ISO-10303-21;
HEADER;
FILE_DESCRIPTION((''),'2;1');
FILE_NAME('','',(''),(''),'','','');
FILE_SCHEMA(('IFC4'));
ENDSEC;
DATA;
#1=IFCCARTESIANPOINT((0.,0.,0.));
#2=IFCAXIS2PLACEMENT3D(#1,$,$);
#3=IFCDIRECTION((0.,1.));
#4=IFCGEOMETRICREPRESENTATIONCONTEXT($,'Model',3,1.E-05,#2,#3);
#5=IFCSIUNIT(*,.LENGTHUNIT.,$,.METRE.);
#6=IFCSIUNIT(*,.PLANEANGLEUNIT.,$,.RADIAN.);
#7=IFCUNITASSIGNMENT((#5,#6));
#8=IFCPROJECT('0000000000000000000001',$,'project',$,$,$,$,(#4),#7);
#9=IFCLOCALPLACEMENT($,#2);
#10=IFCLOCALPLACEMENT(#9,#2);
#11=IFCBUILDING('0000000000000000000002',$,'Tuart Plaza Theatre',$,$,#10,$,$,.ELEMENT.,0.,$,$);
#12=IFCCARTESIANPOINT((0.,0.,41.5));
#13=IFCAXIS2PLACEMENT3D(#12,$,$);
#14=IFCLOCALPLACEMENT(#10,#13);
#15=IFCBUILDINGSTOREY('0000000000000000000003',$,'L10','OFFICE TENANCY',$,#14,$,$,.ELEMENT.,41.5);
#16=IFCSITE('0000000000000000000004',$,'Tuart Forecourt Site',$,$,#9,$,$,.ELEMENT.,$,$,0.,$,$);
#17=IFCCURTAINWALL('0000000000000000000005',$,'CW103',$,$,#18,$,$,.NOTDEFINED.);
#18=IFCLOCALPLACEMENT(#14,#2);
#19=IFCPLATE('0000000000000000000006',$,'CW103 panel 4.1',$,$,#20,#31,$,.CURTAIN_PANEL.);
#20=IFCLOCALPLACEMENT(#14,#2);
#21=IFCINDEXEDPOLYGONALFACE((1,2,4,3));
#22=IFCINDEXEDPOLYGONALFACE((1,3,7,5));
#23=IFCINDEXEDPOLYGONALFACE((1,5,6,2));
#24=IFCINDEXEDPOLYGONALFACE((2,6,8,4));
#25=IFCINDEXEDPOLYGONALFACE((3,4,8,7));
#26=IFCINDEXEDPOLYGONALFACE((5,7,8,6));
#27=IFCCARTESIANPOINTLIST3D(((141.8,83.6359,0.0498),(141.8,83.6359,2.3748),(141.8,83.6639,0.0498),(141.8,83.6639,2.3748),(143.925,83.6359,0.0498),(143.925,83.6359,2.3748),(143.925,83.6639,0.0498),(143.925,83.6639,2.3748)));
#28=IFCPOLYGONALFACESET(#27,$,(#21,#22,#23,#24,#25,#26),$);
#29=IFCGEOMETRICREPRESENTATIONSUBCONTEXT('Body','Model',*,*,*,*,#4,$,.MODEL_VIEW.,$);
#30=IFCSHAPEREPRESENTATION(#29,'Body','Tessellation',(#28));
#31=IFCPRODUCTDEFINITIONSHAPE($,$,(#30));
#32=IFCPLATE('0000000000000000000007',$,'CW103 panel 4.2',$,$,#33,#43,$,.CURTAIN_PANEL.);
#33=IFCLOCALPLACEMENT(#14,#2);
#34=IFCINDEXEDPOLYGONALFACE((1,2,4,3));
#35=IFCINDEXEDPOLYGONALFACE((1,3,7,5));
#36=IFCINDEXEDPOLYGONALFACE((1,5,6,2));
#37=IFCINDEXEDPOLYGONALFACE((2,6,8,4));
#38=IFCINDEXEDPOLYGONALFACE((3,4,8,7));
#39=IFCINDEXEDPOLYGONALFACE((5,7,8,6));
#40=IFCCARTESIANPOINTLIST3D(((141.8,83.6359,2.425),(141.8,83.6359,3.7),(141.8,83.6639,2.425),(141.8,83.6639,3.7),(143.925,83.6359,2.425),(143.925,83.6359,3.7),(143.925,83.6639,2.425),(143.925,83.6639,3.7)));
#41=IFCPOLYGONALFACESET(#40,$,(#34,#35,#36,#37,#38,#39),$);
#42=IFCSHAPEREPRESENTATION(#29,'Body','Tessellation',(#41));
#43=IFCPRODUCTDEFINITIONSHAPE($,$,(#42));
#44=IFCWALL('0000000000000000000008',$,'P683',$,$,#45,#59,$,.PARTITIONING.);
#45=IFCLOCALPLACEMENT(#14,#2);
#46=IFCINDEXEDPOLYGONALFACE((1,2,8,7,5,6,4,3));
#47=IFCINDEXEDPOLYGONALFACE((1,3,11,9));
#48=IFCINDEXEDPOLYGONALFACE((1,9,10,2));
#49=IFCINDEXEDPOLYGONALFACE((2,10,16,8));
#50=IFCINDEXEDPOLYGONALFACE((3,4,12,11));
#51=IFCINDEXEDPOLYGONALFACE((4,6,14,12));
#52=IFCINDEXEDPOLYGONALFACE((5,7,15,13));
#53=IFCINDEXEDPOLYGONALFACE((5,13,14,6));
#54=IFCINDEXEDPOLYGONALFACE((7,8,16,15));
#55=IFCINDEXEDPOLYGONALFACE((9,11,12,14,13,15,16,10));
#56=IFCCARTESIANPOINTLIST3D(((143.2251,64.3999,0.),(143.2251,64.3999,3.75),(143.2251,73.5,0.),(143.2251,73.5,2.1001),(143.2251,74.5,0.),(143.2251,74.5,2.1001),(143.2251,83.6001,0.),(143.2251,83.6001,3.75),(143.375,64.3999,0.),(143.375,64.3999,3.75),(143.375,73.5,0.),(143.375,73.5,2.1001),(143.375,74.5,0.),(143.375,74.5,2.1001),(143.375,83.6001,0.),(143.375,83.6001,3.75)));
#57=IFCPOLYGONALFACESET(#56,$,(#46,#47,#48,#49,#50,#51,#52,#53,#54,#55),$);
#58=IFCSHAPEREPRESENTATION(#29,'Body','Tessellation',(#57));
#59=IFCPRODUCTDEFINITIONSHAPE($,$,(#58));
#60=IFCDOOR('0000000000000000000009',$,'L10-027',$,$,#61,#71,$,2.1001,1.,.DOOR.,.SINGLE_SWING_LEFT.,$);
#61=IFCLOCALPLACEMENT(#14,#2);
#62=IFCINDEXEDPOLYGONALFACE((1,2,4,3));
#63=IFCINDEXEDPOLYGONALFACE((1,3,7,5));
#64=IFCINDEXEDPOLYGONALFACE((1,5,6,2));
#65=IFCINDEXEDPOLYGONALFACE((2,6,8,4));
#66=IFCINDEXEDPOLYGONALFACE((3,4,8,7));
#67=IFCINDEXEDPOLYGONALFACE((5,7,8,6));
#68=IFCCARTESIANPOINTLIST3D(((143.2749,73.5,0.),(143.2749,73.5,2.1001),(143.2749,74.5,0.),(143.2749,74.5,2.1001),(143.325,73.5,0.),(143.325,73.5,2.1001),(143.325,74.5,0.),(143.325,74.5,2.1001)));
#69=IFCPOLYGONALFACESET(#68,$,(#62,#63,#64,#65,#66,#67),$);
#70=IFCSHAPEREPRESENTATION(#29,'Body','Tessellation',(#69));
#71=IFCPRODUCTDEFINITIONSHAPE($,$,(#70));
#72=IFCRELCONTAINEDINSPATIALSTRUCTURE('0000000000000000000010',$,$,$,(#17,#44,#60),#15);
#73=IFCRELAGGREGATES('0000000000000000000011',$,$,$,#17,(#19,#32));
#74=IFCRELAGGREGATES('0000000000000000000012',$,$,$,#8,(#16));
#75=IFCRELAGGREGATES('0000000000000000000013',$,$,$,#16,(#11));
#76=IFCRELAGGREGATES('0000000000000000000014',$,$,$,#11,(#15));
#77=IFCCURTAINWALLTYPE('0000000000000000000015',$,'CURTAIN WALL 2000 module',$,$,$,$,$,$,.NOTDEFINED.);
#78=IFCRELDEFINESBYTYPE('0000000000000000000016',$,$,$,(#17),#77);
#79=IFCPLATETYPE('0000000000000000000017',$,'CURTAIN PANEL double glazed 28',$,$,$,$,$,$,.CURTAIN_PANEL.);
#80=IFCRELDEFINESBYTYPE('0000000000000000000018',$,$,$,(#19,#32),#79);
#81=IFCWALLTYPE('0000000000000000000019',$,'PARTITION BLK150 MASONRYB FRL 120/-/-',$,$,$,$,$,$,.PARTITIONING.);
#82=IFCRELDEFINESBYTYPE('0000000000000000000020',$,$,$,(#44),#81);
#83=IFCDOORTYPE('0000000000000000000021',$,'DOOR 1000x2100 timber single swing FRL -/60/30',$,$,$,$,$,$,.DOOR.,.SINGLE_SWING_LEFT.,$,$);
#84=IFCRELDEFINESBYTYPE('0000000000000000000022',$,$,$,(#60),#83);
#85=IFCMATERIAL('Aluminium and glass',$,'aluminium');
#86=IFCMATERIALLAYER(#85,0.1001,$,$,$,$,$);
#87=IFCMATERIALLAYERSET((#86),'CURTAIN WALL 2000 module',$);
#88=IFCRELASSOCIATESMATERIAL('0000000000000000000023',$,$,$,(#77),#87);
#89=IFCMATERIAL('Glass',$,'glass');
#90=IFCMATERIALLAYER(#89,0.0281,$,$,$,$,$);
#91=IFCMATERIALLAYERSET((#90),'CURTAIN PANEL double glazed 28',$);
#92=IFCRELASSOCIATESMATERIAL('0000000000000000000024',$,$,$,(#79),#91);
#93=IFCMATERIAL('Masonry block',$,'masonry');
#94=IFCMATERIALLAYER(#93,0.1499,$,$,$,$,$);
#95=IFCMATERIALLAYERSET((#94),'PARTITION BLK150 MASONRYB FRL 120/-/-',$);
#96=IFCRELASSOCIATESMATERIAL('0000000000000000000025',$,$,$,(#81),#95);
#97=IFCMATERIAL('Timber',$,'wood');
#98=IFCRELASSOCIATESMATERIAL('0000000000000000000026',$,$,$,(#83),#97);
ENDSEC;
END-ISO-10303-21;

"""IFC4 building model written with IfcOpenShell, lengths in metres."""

from ifc_helpers import new_model, si_unit, direction, frame, frame_2d, origin, origin_2d, place, context, subcontext, project, spatial, rectangle, extrude, material, layer, layer_set, type_object, element, fill, aggregate, save


model = new_model("IFC4")

# Units and contexts
model_context = context("Model", 3, precision=1e-05, world=origin(), true_north=direction((0.0, 1.0)))
body_context = subcontext(model_context, "Body", "Model", "MODEL_VIEW")
ifc_project = project(units=[si_unit("LENGTHUNIT", "METRE"), si_unit("PLANEANGLEUNIT", "RADIAN")], contexts=[model_context])

# Site, building, storey
site_placement = place(None, origin())
site = spatial("IfcSite", under=ifc_project, at=site_placement, Name="Tuart Forecourt Site", CompositionType="ELEMENT", RefElevation=0.0)
building_placement = place(site_placement, origin())
building = spatial("IfcBuilding", under=site, at=building_placement, Name="Tuart Plaza Theatre", CompositionType="ELEMENT", ElevationOfRefHeight=0.0)
storey_placement = place(building_placement, frame((0.0, 0.0, 41.5)))
storey = spatial("IfcBuildingStorey", under=building, at=storey_placement, Name="L10", Description="OFFICE TENANCY", CompositionType="ELEMENT", Elevation=41.5)

# Shared definitions
ifc_material_1 = material(Name="Aluminium and glass", Category="aluminium")
ifc_layer_1 = layer(ifc_material_1, 0.1001)
ifc_layer_set_1 = layer_set([ifc_layer_1], Name="CURTAIN WALL 2000 module")
curtain_wall_type = type_object("IfcCurtainWallType", Name="CURTAIN WALL 2000 module", PredefinedType="NOTDEFINED", material=ifc_layer_set_1)

# Curtain wall
curtain_wall_1_placement = place(storey_placement, origin())
curtain_wall_1 = element("IfcCurtainWall", 1, at=curtain_wall_1_placement, inside=storey, type_object=curtain_wall_type, Name="CW103", PredefinedType="NOTDEFINED")

# Plates
ifc_material_2 = material(Name="Glass", Category="glass")
ifc_layer_2 = layer(ifc_material_2, 0.0281)
ifc_layer_set_2 = layer_set([ifc_layer_2], Name="CURTAIN PANEL double glazed 28")
plate_type = type_object("IfcPlateType", Name="CURTAIN PANEL double glazed 28", PredefinedType="CURTAIN_PANEL", material=ifc_layer_set_2)
plate_1_placement = place(storey_placement, frame((142.8625, 83.6499, 0.0498), z_axis=(0.0, 0.0, 1.0), x_axis=(-1.0, 0.0, 0.0)))
plate_1 = element("IfcPlate", 2, at=plate_1_placement, type_object=plate_type, Name="CW103 panel 4.1", PredefinedType="CURTAIN_PANEL", context=body_context, shape_type="SweptSolid", body=[
    extrude(rectangle(XDim=2.125, YDim=0.0281, at=origin_2d()), origin(), (0.0, 0.0, 1.0), 2.325),
])
plate_2_placement = place(storey_placement, frame((142.8625, 83.6499, 2.425), z_axis=(0.0, 0.0, 1.0), x_axis=(-1.0, 0.0, 0.0)))
plate_2 = element("IfcPlate", 3, at=plate_2_placement, type_object=plate_type, Name="CW103 panel 4.2", PredefinedType="CURTAIN_PANEL", context=body_context, shape_type="SweptSolid", body=[
    extrude(rectangle(XDim=2.125, YDim=0.0281, at=origin_2d()), origin(), (0.0, 0.0, 1.0), 1.2749),
])
aggregate(curtain_wall_1, [plate_1, plate_2])

# Wall, opening, door
ifc_material_3 = material(Name="Masonry block", Category="masonry")
ifc_layer_3 = layer(ifc_material_3, 0.1499)
ifc_layer_set_3 = layer_set([ifc_layer_3], Name="PARTITION BLK150 MASONRYB FRL 120/-/-")
wall_type = type_object("IfcWallType", Name="PARTITION BLK150 MASONRYB FRL 120/-/-", PredefinedType="PARTITIONING", material=ifc_layer_set_3)
wall_placement = place(storey_placement, frame((143.3, 83.6001, 0.0), z_axis=(0.0, 0.0, 1.0), x_axis=(0.0, -1.0, 0.0)))
wall = element("IfcWall", 4, at=wall_placement, inside=storey, type_object=wall_type, Name="P683", PredefinedType="PARTITIONING", context=body_context, shape_type="SweptSolid", body=[
    extrude(rectangle(XDim=19.2002, YDim=0.1499, at=frame_2d((9.6001, 0.0))), origin(), (0.0, 0.0, 1.0), 3.75),
])
opening_placement = place(wall_placement, frame((9.1001, 0.0, 0.0)))
opening = element("IfcOpeningElement", 5, at=opening_placement, cuts=wall, PredefinedType="OPENING", context=body_context, shape_type="SweptSolid", body=[
    extrude(rectangle(XDim=1.0, YDim=2.1001, at=frame_2d((0.5, 1.05))), frame((0.0, 0.085, 0.0), z_axis=(0.0, -1.0, 0.0), x_axis=(1.0, 0.0, 0.0)), (0.0, 0.0, 1.0), 0.1699),
])
ifc_material_4 = material(Name="Timber", Category="wood")
door_type = type_object("IfcDoorType", Name="DOOR 1000x2100 timber single swing FRL -/60/30", OperationType="SINGLE_SWING_LEFT", PredefinedType="DOOR", material=ifc_material_4)
door_placement = place(opening_placement, origin())
door = element("IfcDoor", 6, at=door_placement, inside=storey, type_object=door_type, Name="L10-027", OperationType="SINGLE_SWING_LEFT", OverallHeight=2.1001, OverallWidth=1.0, PredefinedType="DOOR", context=body_context, shape_type="SweptSolid", body=[
    extrude(rectangle(XDim=1.0, YDim=2.1001, at=frame_2d((0.5, 1.05))), frame((0.0, 0.0249, 0.0), z_axis=(0.0, -1.0, 0.0), x_axis=(1.0, 0.0, 0.0)), (0.0, 0.0, 1.0), 0.05),
])
fill(opening, door)

save(model, "model.ifc")
